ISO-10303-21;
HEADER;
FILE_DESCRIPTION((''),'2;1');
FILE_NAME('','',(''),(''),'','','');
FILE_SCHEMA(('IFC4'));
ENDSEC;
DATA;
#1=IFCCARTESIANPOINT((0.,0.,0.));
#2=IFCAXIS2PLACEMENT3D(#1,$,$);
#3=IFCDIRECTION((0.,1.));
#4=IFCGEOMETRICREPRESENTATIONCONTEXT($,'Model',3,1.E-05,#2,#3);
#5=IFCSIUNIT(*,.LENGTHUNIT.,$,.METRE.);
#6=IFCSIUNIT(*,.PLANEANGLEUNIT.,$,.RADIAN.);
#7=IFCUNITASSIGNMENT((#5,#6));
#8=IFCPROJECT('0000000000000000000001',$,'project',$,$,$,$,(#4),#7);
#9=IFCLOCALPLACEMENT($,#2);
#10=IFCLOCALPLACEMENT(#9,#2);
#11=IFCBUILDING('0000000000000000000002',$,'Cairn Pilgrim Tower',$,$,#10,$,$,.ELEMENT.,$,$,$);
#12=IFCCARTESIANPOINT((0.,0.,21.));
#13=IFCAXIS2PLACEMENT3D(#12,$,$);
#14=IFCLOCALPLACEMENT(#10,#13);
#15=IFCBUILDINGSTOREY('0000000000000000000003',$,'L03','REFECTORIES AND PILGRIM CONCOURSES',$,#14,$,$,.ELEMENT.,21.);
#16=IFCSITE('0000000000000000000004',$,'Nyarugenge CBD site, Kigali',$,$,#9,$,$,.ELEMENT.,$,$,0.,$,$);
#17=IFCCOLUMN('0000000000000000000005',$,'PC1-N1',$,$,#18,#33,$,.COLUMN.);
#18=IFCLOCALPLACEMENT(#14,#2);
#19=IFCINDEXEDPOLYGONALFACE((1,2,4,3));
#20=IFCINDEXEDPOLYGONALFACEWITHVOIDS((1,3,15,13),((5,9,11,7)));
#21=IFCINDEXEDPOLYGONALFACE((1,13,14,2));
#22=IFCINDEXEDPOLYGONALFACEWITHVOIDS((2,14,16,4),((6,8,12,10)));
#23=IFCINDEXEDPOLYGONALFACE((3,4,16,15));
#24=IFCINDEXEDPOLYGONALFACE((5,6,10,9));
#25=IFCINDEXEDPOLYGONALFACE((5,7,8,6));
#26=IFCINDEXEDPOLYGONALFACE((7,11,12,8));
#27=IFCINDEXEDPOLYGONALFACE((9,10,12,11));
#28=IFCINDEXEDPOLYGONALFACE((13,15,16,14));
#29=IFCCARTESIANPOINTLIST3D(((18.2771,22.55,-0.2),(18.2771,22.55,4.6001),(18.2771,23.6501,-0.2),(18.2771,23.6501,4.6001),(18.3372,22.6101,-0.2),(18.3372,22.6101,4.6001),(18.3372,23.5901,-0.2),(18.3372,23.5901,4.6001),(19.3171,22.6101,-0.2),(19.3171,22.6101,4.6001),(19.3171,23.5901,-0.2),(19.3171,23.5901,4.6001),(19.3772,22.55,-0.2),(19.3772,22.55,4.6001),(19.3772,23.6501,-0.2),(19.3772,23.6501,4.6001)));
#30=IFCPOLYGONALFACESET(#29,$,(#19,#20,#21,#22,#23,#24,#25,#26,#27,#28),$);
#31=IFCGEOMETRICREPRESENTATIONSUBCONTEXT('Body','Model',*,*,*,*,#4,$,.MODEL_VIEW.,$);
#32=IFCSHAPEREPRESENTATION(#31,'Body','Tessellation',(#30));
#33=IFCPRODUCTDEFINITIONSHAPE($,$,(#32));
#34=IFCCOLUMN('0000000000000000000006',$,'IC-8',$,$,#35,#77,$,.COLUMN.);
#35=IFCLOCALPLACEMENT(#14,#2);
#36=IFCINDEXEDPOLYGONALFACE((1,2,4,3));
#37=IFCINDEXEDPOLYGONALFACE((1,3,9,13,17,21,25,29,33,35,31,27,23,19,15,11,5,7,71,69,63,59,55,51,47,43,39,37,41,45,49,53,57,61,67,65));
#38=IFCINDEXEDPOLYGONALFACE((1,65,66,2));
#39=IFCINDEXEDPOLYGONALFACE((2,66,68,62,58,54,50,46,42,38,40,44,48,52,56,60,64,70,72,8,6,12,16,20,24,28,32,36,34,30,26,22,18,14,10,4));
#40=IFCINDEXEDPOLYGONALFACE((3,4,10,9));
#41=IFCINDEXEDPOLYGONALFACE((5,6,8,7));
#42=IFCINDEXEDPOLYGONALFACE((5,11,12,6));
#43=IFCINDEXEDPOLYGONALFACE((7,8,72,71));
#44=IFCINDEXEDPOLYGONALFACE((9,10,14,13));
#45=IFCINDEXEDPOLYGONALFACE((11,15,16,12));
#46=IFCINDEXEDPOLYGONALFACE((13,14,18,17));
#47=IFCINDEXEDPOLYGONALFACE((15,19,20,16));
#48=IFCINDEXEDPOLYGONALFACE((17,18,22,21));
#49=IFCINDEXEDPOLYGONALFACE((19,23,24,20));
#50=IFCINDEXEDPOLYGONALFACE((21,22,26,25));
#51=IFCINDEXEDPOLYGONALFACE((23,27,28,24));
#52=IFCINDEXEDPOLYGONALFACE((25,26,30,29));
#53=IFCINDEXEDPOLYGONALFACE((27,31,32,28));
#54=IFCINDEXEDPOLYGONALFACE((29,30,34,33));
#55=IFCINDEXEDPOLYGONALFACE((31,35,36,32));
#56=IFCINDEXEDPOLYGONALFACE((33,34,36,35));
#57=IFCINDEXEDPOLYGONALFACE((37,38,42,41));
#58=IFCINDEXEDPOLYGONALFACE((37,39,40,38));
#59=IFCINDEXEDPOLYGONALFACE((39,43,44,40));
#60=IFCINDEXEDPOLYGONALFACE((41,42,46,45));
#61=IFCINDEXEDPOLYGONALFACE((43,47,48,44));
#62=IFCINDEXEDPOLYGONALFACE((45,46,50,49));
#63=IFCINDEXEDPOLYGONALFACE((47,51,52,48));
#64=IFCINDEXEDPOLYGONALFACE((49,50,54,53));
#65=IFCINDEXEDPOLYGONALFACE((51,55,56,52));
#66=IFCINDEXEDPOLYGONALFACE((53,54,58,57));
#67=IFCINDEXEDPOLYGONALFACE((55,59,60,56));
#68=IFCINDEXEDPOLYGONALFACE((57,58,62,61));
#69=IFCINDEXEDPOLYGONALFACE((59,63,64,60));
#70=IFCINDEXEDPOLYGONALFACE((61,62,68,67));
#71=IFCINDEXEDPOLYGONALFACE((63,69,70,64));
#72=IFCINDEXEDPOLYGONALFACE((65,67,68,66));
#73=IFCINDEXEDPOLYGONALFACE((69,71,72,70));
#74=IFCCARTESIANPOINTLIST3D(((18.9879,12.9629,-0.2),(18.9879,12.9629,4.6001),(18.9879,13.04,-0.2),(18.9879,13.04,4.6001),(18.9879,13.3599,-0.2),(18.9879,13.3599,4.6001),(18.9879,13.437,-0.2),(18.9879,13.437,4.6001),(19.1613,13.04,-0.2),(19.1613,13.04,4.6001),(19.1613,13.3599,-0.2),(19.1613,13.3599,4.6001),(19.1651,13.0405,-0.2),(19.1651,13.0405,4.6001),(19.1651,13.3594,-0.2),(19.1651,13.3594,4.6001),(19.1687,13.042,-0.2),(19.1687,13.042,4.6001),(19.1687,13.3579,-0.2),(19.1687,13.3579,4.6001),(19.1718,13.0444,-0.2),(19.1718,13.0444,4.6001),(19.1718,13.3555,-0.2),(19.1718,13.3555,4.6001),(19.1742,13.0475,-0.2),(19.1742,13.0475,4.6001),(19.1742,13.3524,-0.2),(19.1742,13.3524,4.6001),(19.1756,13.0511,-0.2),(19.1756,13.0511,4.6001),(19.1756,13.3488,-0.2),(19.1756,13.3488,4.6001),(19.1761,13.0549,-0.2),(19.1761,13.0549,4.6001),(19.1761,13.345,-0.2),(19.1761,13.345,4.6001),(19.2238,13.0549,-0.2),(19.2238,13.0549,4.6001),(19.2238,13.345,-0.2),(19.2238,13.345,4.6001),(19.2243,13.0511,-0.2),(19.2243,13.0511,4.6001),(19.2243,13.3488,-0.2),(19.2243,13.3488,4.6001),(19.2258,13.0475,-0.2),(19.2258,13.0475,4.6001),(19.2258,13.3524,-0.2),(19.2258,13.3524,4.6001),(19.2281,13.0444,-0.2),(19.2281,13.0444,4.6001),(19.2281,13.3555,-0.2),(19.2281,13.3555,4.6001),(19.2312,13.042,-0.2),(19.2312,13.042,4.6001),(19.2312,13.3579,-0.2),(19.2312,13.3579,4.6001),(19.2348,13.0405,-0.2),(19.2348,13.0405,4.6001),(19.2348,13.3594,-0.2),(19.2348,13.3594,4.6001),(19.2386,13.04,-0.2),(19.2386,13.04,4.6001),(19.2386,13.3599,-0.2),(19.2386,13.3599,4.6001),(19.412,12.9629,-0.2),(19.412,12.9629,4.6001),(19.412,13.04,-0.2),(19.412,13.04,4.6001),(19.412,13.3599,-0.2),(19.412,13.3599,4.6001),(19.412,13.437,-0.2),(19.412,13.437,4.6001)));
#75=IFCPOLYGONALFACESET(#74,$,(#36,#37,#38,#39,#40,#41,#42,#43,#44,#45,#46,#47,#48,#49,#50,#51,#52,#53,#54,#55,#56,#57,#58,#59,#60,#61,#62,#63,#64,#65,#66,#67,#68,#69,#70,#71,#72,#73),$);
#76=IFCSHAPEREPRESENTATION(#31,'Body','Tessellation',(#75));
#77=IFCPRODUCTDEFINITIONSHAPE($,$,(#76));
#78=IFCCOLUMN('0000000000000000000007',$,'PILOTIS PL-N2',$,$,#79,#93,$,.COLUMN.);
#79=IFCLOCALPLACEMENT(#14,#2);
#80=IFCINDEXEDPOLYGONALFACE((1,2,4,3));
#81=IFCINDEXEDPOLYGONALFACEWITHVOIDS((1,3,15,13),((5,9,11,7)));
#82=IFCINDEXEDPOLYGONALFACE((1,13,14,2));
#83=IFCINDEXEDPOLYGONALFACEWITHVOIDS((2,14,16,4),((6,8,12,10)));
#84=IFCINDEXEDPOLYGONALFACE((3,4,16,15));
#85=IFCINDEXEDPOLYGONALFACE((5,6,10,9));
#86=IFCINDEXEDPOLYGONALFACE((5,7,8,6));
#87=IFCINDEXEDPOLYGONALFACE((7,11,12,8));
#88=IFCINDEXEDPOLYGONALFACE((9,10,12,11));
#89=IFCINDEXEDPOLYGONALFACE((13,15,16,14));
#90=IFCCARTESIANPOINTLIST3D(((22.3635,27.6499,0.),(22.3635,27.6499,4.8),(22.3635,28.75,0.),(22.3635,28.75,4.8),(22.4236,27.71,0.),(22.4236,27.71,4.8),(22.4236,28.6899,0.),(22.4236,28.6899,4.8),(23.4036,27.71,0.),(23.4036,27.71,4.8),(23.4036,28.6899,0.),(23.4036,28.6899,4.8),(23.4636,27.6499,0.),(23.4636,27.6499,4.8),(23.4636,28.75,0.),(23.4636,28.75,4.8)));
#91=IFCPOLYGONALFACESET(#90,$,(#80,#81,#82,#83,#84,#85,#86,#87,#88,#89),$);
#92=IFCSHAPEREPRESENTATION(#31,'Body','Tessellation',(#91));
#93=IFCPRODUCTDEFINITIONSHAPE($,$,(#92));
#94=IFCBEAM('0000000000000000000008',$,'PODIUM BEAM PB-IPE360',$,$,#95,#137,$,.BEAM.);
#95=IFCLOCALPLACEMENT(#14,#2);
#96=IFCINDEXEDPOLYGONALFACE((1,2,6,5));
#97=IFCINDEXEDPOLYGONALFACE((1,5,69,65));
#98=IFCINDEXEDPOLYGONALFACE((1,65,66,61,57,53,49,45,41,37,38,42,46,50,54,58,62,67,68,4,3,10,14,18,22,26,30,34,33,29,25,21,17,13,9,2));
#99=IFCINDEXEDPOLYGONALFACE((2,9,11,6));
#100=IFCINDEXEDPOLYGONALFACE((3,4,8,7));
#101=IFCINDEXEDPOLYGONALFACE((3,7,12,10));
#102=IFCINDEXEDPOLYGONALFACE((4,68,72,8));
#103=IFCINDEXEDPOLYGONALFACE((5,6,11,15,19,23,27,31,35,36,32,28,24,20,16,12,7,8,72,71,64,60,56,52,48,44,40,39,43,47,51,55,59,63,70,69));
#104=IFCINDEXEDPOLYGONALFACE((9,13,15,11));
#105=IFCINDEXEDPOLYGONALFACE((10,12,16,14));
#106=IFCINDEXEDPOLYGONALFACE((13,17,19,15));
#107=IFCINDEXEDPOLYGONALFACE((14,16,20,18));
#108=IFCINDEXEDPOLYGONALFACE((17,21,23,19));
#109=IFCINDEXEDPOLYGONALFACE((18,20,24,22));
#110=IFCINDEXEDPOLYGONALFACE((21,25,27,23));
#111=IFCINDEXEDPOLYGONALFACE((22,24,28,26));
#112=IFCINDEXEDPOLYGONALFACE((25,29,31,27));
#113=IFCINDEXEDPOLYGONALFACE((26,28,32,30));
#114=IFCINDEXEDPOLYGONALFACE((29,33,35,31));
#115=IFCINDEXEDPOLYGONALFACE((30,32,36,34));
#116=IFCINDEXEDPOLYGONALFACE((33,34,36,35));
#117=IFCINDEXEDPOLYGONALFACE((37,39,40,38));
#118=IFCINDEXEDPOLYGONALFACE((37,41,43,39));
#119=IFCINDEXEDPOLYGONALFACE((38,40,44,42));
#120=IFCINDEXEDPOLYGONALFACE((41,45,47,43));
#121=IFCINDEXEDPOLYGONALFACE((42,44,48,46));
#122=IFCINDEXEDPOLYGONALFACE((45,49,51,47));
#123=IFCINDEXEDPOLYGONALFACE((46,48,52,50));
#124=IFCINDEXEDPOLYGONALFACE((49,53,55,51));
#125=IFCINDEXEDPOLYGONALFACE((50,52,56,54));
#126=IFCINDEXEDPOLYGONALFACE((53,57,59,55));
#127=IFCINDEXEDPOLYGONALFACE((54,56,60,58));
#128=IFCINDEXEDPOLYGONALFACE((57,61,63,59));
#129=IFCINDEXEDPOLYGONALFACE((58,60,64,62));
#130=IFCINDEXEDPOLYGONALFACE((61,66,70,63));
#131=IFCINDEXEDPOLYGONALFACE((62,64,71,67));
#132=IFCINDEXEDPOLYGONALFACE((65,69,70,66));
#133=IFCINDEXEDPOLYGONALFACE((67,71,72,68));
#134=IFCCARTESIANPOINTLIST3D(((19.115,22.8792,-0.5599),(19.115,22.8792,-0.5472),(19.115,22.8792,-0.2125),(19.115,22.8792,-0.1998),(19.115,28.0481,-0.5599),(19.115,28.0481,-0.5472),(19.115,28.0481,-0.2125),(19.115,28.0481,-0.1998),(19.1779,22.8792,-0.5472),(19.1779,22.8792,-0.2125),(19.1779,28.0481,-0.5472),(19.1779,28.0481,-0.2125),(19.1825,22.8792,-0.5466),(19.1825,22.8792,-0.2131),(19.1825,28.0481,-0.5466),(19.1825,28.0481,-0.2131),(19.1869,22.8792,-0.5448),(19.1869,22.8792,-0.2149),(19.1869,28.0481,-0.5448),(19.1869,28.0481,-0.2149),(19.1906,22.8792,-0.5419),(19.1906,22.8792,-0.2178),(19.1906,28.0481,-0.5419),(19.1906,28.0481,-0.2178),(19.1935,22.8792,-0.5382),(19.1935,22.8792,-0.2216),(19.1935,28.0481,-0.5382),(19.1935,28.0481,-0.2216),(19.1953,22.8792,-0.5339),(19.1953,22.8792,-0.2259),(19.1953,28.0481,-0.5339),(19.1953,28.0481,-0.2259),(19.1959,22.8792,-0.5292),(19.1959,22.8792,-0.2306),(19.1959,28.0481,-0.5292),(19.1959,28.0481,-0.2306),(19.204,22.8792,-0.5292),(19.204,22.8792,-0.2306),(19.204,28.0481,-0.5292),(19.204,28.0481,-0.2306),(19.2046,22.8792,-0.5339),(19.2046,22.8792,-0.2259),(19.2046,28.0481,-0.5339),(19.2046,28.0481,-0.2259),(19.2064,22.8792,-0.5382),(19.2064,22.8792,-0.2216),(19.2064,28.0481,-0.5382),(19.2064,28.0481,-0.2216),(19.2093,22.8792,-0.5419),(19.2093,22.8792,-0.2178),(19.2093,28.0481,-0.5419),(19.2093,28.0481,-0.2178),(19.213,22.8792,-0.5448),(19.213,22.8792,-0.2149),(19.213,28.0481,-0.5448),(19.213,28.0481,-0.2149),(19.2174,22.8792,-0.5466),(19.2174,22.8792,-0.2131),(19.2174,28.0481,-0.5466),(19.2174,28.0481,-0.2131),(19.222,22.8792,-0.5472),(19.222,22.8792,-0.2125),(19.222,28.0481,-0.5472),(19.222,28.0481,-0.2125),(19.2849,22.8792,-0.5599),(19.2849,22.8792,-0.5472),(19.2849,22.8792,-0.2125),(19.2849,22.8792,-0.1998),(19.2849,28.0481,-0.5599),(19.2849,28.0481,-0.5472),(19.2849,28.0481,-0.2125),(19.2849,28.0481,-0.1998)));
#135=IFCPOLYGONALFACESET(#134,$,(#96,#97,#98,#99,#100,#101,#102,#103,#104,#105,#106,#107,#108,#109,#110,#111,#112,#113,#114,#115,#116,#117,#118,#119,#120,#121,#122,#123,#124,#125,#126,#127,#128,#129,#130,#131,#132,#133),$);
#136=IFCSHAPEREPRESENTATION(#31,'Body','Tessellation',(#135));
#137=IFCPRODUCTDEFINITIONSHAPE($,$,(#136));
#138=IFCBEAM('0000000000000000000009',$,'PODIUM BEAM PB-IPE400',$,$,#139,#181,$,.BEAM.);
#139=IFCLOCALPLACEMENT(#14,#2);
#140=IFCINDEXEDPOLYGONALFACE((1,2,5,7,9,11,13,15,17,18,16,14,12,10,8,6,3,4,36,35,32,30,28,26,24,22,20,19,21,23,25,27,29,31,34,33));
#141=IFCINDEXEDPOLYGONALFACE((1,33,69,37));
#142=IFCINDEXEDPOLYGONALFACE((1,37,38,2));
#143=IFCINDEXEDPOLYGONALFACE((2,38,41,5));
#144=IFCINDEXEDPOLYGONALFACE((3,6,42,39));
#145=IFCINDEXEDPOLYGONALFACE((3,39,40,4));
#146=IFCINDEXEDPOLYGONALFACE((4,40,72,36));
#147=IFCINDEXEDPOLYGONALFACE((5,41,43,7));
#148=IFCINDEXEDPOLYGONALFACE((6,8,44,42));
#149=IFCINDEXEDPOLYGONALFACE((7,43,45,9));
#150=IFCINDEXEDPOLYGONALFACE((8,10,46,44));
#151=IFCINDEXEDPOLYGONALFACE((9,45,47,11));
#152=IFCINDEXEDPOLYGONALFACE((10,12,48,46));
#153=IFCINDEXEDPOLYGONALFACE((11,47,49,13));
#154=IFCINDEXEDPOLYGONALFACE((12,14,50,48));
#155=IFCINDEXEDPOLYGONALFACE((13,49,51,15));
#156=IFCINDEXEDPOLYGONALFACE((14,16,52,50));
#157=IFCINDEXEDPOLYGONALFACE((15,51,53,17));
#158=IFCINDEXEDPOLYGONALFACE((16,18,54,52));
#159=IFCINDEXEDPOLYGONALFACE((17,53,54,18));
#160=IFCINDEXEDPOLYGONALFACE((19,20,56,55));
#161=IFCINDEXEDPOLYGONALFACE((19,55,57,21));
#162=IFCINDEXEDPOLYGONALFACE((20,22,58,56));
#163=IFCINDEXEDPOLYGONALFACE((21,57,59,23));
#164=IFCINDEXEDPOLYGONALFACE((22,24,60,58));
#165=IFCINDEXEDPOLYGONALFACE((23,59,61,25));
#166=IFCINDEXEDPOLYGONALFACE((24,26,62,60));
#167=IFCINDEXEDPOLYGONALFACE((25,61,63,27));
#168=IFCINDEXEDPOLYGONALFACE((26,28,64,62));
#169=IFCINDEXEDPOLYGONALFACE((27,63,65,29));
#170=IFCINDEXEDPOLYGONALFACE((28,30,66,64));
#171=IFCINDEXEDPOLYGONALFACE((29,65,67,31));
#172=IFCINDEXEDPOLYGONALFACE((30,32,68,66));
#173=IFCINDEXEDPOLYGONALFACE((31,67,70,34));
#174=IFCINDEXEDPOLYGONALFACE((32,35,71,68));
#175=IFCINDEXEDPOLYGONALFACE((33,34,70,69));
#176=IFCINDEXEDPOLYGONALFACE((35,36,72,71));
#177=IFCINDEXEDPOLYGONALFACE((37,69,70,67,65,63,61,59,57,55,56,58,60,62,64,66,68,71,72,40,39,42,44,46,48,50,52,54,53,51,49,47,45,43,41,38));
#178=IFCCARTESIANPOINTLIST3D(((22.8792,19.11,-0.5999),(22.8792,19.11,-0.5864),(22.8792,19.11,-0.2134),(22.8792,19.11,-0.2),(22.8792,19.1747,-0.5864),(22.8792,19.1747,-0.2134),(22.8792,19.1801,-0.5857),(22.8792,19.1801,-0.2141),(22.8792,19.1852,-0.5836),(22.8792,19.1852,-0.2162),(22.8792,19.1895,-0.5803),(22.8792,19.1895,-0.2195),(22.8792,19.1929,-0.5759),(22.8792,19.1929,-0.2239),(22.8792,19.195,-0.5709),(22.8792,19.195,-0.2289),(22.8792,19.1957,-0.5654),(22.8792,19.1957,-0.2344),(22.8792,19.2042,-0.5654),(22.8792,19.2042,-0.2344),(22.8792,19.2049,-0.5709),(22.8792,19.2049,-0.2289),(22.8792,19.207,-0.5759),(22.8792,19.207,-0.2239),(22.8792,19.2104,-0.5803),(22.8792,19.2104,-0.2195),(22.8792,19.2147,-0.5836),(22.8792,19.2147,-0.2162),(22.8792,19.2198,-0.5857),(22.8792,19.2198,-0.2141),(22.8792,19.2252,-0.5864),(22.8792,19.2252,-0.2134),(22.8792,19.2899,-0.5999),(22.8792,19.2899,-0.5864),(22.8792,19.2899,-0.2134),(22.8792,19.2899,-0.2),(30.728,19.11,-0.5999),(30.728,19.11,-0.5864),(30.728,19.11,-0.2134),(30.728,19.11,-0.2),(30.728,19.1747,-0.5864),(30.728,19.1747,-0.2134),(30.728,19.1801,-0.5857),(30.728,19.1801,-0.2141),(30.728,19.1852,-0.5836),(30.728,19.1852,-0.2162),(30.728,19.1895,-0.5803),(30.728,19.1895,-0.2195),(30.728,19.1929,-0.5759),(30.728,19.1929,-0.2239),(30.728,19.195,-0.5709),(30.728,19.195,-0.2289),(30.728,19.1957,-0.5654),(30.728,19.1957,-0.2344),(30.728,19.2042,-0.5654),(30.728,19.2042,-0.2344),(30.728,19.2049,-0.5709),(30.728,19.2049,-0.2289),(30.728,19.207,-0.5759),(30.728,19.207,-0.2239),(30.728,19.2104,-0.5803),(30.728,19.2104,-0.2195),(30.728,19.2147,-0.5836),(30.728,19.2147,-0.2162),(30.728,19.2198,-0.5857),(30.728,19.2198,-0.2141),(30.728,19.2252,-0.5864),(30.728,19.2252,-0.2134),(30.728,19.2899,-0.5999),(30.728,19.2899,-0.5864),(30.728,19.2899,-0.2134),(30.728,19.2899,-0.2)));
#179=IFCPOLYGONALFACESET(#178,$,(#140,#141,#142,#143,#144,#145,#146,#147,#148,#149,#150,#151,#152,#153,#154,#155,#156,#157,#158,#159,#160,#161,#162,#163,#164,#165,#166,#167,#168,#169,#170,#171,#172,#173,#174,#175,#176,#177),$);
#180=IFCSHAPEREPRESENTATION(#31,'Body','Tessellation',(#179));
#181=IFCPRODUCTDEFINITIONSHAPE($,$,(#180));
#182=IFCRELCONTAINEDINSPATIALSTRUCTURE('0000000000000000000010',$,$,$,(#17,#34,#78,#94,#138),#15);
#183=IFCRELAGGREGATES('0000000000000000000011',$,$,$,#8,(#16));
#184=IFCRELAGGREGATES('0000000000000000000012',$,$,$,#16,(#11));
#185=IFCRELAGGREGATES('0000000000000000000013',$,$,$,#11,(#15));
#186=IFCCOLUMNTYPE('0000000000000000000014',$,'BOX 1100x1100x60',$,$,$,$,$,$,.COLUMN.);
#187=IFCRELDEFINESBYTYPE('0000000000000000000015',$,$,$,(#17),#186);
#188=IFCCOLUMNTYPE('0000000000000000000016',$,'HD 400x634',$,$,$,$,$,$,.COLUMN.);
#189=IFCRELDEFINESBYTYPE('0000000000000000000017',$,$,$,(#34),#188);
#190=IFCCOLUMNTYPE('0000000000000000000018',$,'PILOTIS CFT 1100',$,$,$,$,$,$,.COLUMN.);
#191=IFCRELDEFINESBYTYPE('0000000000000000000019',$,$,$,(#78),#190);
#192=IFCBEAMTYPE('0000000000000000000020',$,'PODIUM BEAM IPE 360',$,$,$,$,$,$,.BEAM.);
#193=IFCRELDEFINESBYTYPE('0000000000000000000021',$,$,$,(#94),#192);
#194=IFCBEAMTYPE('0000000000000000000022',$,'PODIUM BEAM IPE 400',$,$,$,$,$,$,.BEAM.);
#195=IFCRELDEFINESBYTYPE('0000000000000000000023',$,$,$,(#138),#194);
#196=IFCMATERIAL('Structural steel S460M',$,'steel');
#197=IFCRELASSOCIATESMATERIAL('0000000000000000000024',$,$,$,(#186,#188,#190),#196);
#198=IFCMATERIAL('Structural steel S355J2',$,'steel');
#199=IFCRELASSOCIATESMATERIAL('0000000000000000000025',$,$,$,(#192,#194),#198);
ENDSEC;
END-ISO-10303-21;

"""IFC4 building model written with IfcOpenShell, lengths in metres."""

from ifc_helpers import new_model, si_unit, direction, frame, origin, origin_2d, place, context, subcontext, project, spatial, hollow_rectangle, i_section, extrude, material, material_profile, profile_set, type_object, element, save


model = new_model("IFC4")

# Units and contexts
model_context = context("Model", 3, precision=1e-05, world=origin(), true_north=direction((0.0, 1.0)))
body_context = subcontext(model_context, "Body", "Model", "MODEL_VIEW")
ifc_project = project(units=[si_unit("LENGTHUNIT", "METRE"), si_unit("PLANEANGLEUNIT", "RADIAN")], contexts=[model_context])

# Site, building, storey
site_placement = place(None, origin())
site = spatial("IfcSite", under=ifc_project, at=site_placement, Name="Nyarugenge CBD site, Kigali", CompositionType="ELEMENT", RefElevation=0.0)
building_placement = place(site_placement, origin())
building = spatial("IfcBuilding", under=site, at=building_placement, Name="Cairn Pilgrim Tower", CompositionType="ELEMENT")
storey_placement = place(building_placement, frame((0.0, 0.0, 21.0)))
storey = spatial("IfcBuildingStorey", under=building, at=storey_placement, Name="L03", Description="REFECTORIES AND PILGRIM CONCOURSES", CompositionType="ELEMENT", Elevation=21.0)

# Columns
ifc_material_1 = material(Name="Structural steel S460M", Category="steel")
ifc_material_profile_1 = material_profile(ifc_material_1, hollow_rectangle(XDim=1.1001, YDim=1.1001, WallThickness=0.0601, at=origin_2d()), Name="BOX 1100x1100x60")
ifc_profile_set_1 = profile_set([ifc_material_profile_1], Name="Structural steel S460M")
column_type_1 = type_object("IfcColumnType", Name="BOX 1100x1100x60", PredefinedType="COLUMN", material=ifc_profile_set_1)
column_1_placement = place(storey_placement, frame((18.8271, 23.1001, -0.2), z_axis=(0.0, 0.0, 1.0), x_axis=(1.0, 0.0, 0.0)))
element("IfcColumn", 1, at=column_1_placement, inside=storey, type_object=column_type_1, Name="PC1-N1", PredefinedType="COLUMN", context=body_context, shape_type="SweptSolid", body=[
    extrude(hollow_rectangle(XDim=1.1001, YDim=1.1001, WallThickness=0.0601, at=origin_2d()), origin(), (0.0, 0.0, 1.0), 4.8),
])
ifc_material_profile_2 = material_profile(ifc_material_1, i_section(OverallWidth=0.4241, OverallDepth=0.4741, WebThickness=0.0476, FlangeThickness=0.0771, FilletRadius=0.0149, at=origin_2d()), Name="HD 400x634")
ifc_profile_set_2 = profile_set([ifc_material_profile_2], Name="Structural steel S460M")
column_type_2 = type_object("IfcColumnType", Name="HD 400x634", PredefinedType="COLUMN", material=ifc_profile_set_2)
column_2_placement = place(storey_placement, frame((19.2, 13.2, -0.2), z_axis=(0.0, 0.0, 1.0), x_axis=(1.0, 0.0, 0.0)))
element("IfcColumn", 2, at=column_2_placement, inside=storey, type_object=column_type_2, Name="IC-8", PredefinedType="COLUMN", context=body_context, shape_type="SweptSolid", body=[
    extrude(i_section(OverallWidth=0.4241, OverallDepth=0.4741, WebThickness=0.0476, FlangeThickness=0.0771, FilletRadius=0.0149, at=origin_2d()), origin(), (0.0, 0.0, 1.0), 4.8),
])
ifc_material_profile_3 = material_profile(ifc_material_1, hollow_rectangle(XDim=1.1001, YDim=1.1001, WallThickness=0.0601, at=origin_2d()), Name="BOX 1100x1100x60")
ifc_profile_set_3 = profile_set([ifc_material_profile_3], Name="Structural steel S460M")
column_type_3 = type_object("IfcColumnType", Name="PILOTIS CFT 1100", PredefinedType="COLUMN", material=ifc_profile_set_3)
column_3_placement = place(storey_placement, frame((22.9136, 28.2, 0.0), z_axis=(0.0, 0.0, 1.0), x_axis=(1.0, 0.0, 0.0)))
element("IfcColumn", 3, at=column_3_placement, inside=storey, type_object=column_type_3, Name="PILOTIS PL-N2", PredefinedType="COLUMN", context=body_context, shape_type="SweptSolid", body=[
    extrude(hollow_rectangle(XDim=1.1001, YDim=1.1001, WallThickness=0.0601, at=origin_2d()), origin(), (0.0, 0.0, 1.0), 4.8),
])

# Beams
ifc_material_2 = material(Name="Structural steel S355J2", Category="steel")
ifc_material_profile_4 = material_profile(ifc_material_2, i_section(OverallWidth=0.1699, OverallDepth=0.3601, WebThickness=0.0081, FlangeThickness=0.0127, FilletRadius=0.0181, at=origin_2d()), Name="IPE 360")
ifc_profile_set_4 = profile_set([ifc_material_profile_4], Name="Structural steel S355J2")
beam_type_1 = type_object("IfcBeamType", Name="PODIUM BEAM IPE 360", PredefinedType="BEAM", material=ifc_profile_set_4)
beam_1_placement = place(storey_placement, frame((19.2, 22.8792, -0.3799), z_axis=(0.0, 1.0, 0.0), x_axis=(-1.0, 0.0, 0.0)))
element("IfcBeam", 4, at=beam_1_placement, inside=storey, type_object=beam_type_1, Name="PODIUM BEAM PB-IPE360", PredefinedType="BEAM", context=body_context, shape_type="SweptSolid", body=[
    extrude(i_section(OverallWidth=0.1699, OverallDepth=0.3601, WebThickness=0.0081, FlangeThickness=0.0127, FilletRadius=0.0181, at=origin_2d()), origin(), (0.0, 0.0, 1.0), 5.1689),
])
ifc_material_profile_5 = material_profile(ifc_material_2, i_section(OverallWidth=0.1799, OverallDepth=0.3999, WebThickness=0.0085, FlangeThickness=0.0134, FilletRadius=0.021, at=origin_2d()), Name="IPE 400")
ifc_profile_set_5 = profile_set([ifc_material_profile_5], Name="Structural steel S355J2")
beam_type_2 = type_object("IfcBeamType", Name="PODIUM BEAM IPE 400", PredefinedType="BEAM", material=ifc_profile_set_5)
beam_2_placement = place(storey_placement, frame((22.8792, 19.2, -0.3999), z_axis=(1.0, 0.0, 0.0), x_axis=(0.0, 1.0, 0.0)))
element("IfcBeam", 5, at=beam_2_placement, inside=storey, type_object=beam_type_2, Name="PODIUM BEAM PB-IPE400", PredefinedType="BEAM", context=body_context, shape_type="SweptSolid", body=[
    extrude(i_section(OverallWidth=0.1799, OverallDepth=0.3999, WebThickness=0.0085, FlangeThickness=0.0134, FilletRadius=0.021, at=origin_2d()), origin(), (0.0, 0.0, 1.0), 7.8489),
])

save(model, "model.ifc")
